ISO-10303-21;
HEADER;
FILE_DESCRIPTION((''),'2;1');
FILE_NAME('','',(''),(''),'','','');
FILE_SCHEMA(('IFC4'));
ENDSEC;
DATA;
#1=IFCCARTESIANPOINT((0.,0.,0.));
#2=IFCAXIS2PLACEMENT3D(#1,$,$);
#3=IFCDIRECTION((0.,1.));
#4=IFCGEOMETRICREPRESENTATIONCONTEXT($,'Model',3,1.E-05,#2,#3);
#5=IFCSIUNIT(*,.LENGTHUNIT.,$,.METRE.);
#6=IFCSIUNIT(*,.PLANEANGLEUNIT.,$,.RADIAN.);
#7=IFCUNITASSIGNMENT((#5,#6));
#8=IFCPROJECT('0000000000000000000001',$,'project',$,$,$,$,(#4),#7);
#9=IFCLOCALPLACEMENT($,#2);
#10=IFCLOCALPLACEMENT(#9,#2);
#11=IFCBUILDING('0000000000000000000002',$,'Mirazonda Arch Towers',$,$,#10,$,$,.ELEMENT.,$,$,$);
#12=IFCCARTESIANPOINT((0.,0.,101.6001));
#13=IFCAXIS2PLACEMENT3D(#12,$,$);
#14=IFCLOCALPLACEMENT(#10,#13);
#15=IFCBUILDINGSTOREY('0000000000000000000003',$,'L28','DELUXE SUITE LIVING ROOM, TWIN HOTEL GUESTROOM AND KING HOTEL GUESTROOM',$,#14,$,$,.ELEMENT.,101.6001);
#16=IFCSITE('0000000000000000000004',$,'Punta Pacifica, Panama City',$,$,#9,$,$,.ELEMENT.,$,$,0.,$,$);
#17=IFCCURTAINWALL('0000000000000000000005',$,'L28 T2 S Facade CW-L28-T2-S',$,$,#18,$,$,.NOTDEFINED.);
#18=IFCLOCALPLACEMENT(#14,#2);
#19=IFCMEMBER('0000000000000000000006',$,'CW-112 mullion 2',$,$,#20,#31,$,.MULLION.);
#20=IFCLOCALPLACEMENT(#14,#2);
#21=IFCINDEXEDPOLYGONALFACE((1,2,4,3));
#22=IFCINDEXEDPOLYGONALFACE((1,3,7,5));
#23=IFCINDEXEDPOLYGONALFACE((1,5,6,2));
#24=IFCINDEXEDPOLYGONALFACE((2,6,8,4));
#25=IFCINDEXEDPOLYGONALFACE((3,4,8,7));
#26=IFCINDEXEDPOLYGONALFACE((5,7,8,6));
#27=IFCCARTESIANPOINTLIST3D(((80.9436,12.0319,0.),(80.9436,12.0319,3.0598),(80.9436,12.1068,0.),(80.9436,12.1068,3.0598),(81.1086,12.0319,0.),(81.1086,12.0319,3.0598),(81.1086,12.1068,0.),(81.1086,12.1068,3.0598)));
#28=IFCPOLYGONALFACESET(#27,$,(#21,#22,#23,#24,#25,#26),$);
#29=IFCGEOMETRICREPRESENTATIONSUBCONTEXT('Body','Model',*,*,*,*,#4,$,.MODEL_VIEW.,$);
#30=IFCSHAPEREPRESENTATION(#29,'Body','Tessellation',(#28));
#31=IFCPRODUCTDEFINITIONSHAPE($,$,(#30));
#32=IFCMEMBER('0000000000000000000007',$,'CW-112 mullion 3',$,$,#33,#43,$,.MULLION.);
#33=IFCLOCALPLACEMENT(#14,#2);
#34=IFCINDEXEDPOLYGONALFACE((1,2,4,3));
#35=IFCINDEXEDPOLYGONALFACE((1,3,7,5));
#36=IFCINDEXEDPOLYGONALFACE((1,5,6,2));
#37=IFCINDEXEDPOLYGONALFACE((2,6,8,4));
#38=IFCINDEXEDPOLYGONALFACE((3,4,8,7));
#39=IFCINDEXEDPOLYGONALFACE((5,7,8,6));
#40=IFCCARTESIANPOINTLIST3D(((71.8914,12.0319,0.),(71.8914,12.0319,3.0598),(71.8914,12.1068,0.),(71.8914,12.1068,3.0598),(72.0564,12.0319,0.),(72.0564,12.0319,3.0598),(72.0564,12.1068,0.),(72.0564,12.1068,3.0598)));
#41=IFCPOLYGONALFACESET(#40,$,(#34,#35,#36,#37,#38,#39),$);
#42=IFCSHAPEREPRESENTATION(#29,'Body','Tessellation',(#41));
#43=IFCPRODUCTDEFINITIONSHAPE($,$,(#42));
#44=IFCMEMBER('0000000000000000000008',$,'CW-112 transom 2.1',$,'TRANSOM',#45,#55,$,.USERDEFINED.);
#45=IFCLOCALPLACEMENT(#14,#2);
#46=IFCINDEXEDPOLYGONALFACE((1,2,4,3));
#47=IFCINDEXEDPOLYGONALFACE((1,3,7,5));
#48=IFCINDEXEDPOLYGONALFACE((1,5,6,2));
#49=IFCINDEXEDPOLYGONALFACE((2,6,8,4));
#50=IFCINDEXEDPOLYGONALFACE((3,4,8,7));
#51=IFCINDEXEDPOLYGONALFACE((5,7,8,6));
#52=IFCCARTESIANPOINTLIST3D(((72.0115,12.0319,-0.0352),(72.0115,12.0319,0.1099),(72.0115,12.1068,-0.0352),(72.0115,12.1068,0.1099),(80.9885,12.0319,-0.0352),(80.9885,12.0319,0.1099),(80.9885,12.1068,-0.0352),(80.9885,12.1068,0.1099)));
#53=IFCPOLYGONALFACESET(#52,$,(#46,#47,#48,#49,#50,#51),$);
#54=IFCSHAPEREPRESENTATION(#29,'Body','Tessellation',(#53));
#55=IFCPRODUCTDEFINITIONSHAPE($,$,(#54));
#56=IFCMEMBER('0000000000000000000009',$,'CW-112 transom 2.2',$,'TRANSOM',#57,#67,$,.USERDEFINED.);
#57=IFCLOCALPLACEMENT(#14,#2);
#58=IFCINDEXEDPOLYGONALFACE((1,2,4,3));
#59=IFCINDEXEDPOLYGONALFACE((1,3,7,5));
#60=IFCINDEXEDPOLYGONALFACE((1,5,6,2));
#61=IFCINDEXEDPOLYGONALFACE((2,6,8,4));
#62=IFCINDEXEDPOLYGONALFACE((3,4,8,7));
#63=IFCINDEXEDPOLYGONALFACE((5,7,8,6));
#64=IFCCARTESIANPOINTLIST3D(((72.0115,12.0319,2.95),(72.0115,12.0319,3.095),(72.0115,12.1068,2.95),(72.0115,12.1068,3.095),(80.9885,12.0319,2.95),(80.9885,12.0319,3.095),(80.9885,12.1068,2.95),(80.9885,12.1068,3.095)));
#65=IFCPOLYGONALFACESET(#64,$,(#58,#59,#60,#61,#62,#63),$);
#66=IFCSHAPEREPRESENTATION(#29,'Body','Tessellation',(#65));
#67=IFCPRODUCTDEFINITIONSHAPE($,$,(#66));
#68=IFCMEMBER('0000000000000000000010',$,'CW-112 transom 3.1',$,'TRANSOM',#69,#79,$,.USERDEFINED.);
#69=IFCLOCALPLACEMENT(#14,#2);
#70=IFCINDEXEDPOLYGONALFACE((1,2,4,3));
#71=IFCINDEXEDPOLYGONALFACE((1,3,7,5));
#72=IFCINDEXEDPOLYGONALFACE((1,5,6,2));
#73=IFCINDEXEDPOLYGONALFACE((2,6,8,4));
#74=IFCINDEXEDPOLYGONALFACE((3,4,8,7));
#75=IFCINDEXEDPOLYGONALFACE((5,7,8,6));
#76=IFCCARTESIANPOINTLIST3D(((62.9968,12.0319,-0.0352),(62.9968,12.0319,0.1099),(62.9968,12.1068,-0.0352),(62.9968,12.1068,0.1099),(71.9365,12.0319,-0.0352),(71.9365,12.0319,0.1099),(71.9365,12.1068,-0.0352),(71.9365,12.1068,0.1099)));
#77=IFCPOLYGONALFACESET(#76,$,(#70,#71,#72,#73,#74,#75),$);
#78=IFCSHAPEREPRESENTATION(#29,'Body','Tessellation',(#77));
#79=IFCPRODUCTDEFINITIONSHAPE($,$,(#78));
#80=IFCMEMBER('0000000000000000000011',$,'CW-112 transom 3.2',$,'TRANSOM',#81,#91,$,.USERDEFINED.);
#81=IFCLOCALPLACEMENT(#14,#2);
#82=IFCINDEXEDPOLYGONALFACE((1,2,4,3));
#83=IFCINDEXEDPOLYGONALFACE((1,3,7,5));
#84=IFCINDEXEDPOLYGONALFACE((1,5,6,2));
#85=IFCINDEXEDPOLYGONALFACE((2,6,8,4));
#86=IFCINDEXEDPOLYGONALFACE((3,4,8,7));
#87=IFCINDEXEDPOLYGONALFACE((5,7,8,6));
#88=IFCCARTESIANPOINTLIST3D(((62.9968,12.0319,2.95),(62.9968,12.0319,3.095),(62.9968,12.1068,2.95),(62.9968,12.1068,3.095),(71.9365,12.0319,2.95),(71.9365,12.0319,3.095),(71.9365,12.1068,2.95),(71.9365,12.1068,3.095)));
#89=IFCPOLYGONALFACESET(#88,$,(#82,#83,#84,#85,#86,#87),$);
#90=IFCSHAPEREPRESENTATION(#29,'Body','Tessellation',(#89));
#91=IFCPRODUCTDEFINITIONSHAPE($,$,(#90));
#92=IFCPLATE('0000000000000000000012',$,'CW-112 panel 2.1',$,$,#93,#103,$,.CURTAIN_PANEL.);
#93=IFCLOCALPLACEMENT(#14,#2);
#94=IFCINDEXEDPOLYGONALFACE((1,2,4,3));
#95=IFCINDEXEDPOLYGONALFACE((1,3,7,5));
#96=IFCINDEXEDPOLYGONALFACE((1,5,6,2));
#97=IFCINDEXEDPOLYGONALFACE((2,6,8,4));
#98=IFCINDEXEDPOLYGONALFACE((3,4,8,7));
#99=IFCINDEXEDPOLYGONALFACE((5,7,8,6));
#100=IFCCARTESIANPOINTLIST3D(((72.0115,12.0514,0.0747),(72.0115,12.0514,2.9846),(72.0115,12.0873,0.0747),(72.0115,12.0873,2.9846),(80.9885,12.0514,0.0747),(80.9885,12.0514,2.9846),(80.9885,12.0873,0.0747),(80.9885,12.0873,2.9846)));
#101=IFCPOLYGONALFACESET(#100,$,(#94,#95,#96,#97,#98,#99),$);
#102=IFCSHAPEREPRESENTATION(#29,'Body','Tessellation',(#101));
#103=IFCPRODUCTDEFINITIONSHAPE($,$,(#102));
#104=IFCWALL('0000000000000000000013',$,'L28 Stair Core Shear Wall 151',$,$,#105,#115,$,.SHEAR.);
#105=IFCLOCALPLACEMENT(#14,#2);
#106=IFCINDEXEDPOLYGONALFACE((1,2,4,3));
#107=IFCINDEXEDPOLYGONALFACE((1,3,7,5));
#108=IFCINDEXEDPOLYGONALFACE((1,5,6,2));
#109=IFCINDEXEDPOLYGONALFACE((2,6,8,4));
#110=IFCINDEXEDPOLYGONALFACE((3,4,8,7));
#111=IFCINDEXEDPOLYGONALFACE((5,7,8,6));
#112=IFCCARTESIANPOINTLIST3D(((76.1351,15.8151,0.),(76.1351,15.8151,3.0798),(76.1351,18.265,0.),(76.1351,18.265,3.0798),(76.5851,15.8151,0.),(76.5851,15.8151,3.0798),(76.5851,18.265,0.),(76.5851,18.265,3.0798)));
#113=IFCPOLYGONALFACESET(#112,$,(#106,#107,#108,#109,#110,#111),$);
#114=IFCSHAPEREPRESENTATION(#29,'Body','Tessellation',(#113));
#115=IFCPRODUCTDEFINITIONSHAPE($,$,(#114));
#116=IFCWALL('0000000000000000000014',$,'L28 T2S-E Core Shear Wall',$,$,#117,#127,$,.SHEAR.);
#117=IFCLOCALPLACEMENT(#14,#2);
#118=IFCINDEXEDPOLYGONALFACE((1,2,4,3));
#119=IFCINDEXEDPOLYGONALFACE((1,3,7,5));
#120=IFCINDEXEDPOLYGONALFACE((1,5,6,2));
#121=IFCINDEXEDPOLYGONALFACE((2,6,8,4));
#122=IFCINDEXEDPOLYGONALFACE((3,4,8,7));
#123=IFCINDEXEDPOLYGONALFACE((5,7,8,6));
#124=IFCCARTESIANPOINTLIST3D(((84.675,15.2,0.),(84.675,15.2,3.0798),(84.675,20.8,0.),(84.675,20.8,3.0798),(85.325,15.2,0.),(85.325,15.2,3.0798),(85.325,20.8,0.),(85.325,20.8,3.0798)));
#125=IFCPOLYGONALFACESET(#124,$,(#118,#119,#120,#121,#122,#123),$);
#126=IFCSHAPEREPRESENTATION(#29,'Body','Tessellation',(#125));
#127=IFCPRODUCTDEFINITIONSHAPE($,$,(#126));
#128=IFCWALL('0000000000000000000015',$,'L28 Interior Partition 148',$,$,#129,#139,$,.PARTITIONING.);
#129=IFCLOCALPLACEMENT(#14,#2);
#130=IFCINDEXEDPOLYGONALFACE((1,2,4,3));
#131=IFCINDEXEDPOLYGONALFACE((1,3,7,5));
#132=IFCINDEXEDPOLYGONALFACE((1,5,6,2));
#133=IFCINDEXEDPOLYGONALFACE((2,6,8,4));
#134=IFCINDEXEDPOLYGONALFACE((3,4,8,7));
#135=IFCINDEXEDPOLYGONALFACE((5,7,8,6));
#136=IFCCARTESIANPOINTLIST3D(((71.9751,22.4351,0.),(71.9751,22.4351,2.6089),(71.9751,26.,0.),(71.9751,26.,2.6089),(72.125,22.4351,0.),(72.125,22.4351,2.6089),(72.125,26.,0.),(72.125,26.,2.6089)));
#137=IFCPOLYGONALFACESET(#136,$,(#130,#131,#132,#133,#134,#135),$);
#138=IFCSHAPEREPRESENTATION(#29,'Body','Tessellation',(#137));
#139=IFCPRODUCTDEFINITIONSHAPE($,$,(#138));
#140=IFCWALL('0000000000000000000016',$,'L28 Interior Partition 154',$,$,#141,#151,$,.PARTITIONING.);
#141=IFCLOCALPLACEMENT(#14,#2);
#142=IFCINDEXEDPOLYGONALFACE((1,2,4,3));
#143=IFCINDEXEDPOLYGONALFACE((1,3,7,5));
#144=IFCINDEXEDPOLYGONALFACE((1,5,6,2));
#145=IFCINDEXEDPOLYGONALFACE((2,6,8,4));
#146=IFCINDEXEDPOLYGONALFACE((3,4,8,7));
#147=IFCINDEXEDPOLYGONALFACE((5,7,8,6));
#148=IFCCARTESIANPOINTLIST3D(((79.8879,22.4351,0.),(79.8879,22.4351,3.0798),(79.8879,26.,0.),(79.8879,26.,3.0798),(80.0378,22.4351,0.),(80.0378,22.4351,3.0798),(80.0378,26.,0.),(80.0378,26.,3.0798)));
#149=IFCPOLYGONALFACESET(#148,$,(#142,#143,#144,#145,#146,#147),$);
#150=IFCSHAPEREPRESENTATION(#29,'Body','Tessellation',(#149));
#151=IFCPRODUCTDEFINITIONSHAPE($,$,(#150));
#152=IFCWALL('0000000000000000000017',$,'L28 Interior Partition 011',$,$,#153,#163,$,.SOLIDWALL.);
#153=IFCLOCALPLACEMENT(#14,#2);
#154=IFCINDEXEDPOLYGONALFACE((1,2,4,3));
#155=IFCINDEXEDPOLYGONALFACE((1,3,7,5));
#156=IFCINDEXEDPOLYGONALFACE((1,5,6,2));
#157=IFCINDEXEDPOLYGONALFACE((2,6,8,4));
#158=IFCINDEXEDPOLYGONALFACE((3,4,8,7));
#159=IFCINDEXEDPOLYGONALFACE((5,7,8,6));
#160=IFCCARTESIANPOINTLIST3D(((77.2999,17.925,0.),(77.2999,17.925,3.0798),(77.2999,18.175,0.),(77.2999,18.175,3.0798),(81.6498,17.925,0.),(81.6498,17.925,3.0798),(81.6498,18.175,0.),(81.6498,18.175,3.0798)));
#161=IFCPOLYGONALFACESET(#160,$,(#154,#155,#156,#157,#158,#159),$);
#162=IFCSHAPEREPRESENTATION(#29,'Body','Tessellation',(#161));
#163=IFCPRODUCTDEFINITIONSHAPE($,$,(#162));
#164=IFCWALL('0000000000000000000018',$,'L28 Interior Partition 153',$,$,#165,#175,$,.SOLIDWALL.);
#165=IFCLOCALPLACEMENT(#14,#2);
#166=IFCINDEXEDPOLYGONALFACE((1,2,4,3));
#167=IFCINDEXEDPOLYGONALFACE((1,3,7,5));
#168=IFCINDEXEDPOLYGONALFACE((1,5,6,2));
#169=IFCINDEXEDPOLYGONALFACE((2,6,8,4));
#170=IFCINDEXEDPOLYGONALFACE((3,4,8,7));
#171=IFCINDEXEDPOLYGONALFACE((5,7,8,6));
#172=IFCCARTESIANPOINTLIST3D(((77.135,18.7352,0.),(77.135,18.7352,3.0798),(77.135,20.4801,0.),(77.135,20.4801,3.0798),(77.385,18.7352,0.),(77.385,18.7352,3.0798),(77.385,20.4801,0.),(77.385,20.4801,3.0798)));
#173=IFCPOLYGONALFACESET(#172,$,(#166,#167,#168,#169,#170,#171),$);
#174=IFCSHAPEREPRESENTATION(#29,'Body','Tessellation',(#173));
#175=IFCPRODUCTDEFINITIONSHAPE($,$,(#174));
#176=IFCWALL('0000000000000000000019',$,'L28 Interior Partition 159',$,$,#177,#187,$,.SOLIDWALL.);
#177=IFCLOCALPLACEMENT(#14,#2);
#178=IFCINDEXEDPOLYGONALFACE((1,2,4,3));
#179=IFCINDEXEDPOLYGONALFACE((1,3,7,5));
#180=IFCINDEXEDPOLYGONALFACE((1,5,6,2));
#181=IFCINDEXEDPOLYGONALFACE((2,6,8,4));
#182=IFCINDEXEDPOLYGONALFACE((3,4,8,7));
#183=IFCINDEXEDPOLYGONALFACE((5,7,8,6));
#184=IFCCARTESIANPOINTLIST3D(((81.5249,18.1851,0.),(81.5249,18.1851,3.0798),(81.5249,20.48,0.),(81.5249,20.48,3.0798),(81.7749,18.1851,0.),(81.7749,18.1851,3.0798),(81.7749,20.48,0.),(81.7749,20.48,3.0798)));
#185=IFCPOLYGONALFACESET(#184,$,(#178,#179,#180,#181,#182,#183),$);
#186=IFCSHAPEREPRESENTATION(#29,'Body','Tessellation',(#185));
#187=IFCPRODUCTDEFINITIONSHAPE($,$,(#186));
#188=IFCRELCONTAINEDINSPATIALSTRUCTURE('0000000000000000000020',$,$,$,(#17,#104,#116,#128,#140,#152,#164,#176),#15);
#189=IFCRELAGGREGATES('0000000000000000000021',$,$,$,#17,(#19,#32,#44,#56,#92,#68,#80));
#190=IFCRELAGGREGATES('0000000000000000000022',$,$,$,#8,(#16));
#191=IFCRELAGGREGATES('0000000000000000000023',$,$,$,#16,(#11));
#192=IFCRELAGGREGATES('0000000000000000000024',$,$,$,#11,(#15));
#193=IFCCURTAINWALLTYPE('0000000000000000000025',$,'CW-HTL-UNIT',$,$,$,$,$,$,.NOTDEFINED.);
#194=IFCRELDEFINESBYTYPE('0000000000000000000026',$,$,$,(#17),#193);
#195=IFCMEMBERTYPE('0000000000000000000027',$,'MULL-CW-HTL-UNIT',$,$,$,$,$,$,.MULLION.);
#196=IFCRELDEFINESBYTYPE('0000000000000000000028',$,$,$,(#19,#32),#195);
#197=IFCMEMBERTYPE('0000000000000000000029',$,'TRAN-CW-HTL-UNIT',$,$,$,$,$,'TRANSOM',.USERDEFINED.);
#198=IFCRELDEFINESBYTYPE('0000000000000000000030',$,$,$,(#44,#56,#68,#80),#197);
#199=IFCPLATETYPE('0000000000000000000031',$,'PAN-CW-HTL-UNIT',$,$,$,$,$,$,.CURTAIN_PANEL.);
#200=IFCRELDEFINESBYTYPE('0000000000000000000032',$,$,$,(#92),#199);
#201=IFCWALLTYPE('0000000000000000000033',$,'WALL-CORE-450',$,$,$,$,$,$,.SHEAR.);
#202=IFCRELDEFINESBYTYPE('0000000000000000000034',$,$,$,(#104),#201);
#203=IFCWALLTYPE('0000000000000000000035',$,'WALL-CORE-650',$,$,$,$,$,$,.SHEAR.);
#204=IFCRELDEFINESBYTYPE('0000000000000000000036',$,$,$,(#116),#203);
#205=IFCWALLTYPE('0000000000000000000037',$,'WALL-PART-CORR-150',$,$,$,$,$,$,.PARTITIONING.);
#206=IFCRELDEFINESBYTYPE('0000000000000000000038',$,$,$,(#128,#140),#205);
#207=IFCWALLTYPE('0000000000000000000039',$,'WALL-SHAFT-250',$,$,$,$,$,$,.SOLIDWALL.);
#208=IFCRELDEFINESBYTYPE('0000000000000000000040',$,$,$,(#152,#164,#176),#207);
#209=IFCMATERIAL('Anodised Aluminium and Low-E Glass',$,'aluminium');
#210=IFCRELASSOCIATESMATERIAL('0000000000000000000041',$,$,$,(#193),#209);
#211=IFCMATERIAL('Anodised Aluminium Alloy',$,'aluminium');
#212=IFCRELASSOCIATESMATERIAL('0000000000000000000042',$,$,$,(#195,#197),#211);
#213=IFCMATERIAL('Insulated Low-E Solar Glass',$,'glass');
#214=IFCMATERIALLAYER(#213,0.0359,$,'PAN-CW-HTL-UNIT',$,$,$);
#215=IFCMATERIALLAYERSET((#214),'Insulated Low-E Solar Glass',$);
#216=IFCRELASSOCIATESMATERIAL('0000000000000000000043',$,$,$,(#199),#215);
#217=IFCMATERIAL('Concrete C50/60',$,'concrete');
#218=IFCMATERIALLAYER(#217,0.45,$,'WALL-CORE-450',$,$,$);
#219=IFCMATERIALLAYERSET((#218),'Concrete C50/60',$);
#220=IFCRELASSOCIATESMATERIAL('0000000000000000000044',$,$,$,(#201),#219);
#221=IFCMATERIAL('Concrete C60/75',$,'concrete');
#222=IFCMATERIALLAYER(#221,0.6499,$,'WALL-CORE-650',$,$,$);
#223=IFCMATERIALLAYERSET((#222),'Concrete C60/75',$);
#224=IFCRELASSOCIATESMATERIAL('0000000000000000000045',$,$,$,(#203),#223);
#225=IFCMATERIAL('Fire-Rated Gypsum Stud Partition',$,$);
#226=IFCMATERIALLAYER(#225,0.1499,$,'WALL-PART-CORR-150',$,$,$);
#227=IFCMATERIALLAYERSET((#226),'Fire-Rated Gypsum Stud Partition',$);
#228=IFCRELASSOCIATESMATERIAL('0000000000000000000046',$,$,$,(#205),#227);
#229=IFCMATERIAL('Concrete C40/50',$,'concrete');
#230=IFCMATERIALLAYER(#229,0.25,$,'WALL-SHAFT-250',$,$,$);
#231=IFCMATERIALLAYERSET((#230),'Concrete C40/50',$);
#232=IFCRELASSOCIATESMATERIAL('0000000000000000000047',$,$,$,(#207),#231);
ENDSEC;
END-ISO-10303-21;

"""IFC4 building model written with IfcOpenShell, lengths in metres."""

from ifc_helpers import new_model, si_unit, direction, frame, frame_2d, origin, origin_2d, place, context, subcontext, project, spatial, rectangle, extrude, material, layer, layer_set, material_profile, profile_set, type_object, element, aggregate, save


model = new_model("IFC4")

# Units and contexts
model_context = context("Model", 3, precision=1e-05, world=origin(), true_north=direction((0.0, 1.0)))
body_context = subcontext(model_context, "Body", "Model", "MODEL_VIEW")
ifc_project = project(units=[si_unit("LENGTHUNIT", "METRE"), si_unit("PLANEANGLEUNIT", "RADIAN")], contexts=[model_context])

# Site, building, storey
site_placement = place(None, origin())
site = spatial("IfcSite", under=ifc_project, at=site_placement, Name="Punta Pacifica, Panama City", CompositionType="ELEMENT", RefElevation=0.0)
building_placement = place(site_placement, origin())
building = spatial("IfcBuilding", under=site, at=building_placement, Name="Mirazonda Arch Towers", CompositionType="ELEMENT")
storey_placement = place(building_placement, frame((0.0, 0.0, 101.6001)))
storey = spatial("IfcBuildingStorey", under=building, at=storey_placement, Name="L28", Description="DELUXE SUITE LIVING ROOM, TWIN HOTEL GUESTROOM AND KING HOTEL GUESTROOM", CompositionType="ELEMENT", Elevation=101.6001)

# Shared definitions
ifc_material_1 = material(Name="Concrete C50/60", Category="concrete")

# Shared definitions
ifc_material_2 = material(Name="Concrete C60/75", Category="concrete")

# Curtain wall, members, plate
ifc_material_3 = material(Name="Anodised Aluminium and Low-E Glass", Category="aluminium")
curtain_wall_type = type_object("IfcCurtainWallType", Name="CW-HTL-UNIT", PredefinedType="NOTDEFINED", material=ifc_material_3)
curtain_wall_placement = place(storey_placement, origin())
curtain_wall = element("IfcCurtainWall", 1, at=curtain_wall_placement, inside=storey, type_object=curtain_wall_type, Name="L28 T2 S Facade CW-L28-T2-S", PredefinedType="NOTDEFINED")
ifc_material_4 = material(Name="Anodised Aluminium Alloy", Category="aluminium")
ifc_material_profile_1 = material_profile(ifc_material_4, rectangle(XDim=0.075, YDim=0.165, at=origin_2d()), Name="ALU-MULL-75x165")
ifc_profile_set_1 = profile_set([ifc_material_profile_1], Name="Anodised Aluminium Alloy")
member_type_1 = type_object("IfcMemberType", Name="MULL-CW-HTL-UNIT", PredefinedType="MULLION", material=ifc_profile_set_1)
member_1_placement = place(storey_placement, frame((81.0261, 12.0693, 0.0), z_axis=(0.0, 0.0, 1.0), x_axis=(0.0, -1.0, 0.0)))
member_1 = element("IfcMember", 2, at=member_1_placement, type_object=member_type_1, Name="CW-112 mullion 2", PredefinedType="MULLION", context=body_context, shape_type="SweptSolid", body=[
    extrude(rectangle(XDim=0.075, YDim=0.165, at=origin_2d()), origin(), (0.0, 0.0, 1.0), 3.0598),
])
member_2_placement = place(storey_placement, frame((71.9739, 12.0693, 0.0), z_axis=(0.0, 0.0, 1.0), x_axis=(0.0, -1.0, 0.0)))
member_2 = element("IfcMember", 3, at=member_2_placement, type_object=member_type_1, Name="CW-112 mullion 3", PredefinedType="MULLION", context=body_context, shape_type="SweptSolid", body=[
    extrude(rectangle(XDim=0.075, YDim=0.165, at=origin_2d()), origin(), (0.0, 0.0, 1.0), 3.0598),
])
ifc_material_profile_2 = material_profile(ifc_material_4, rectangle(XDim=0.075, YDim=0.145, at=origin_2d()), Name="ALU-TRAN-75x145")
ifc_profile_set_2 = profile_set([ifc_material_profile_2], Name="Anodised Aluminium Alloy")
member_type_2 = type_object("IfcMemberType", Name="TRAN-CW-HTL-UNIT", ElementType="TRANSOM", PredefinedType="USERDEFINED", material=ifc_profile_set_2)
member_3_placement = place(storey_placement, frame((80.9885, 12.0693, 0.0374), z_axis=(-1.0, 0.0, 0.0), x_axis=(0.0, -1.0, 0.0)))
member_3 = element("IfcMember", 4, at=member_3_placement, type_object=member_type_2, Name="CW-112 transom 2.1", ObjectType="TRANSOM", PredefinedType="USERDEFINED", context=body_context, shape_type="SweptSolid", body=[
    extrude(rectangle(XDim=0.075, YDim=0.145, at=origin_2d()), origin(), (0.0, 0.0, 1.0), 8.9771),
])
member_4_placement = place(storey_placement, frame((80.9885, 12.0693, 3.0225), z_axis=(-1.0, 0.0, 0.0), x_axis=(0.0, -1.0, 0.0)))
member_4 = element("IfcMember", 5, at=member_4_placement, type_object=member_type_2, Name="CW-112 transom 2.2", ObjectType="TRANSOM", PredefinedType="USERDEFINED", context=body_context, shape_type="SweptSolid", body=[
    extrude(rectangle(XDim=0.075, YDim=0.145, at=origin_2d()), origin(), (0.0, 0.0, 1.0), 8.9771),
])
member_5_placement = place(storey_placement, frame((71.9365, 12.0693, 0.0374), z_axis=(-1.0, 0.0, 0.0), x_axis=(0.0, -1.0, 0.0)))
member_5 = element("IfcMember", 6, at=member_5_placement, type_object=member_type_2, Name="CW-112 transom 3.1", ObjectType="TRANSOM", PredefinedType="USERDEFINED", context=body_context, shape_type="SweptSolid", body=[
    extrude(rectangle(XDim=0.075, YDim=0.145, at=origin_2d()), origin(), (0.0, 0.0, 1.0), 8.9397),
])
member_6_placement = place(storey_placement, frame((71.9365, 12.0693, 3.0225), z_axis=(-1.0, 0.0, 0.0), x_axis=(0.0, -1.0, 0.0)))
member_6 = element("IfcMember", 7, at=member_6_placement, type_object=member_type_2, Name="CW-112 transom 3.2", ObjectType="TRANSOM", PredefinedType="USERDEFINED", context=body_context, shape_type="SweptSolid", body=[
    extrude(rectangle(XDim=0.075, YDim=0.145, at=origin_2d()), origin(), (0.0, 0.0, 1.0), 8.9397),
])
ifc_material_5 = material(Name="Insulated Low-E Solar Glass", Category="glass")
ifc_layer_1 = layer(ifc_material_5, 0.0359, Name="PAN-CW-HTL-UNIT")
ifc_layer_set_1 = layer_set([ifc_layer_1], Name="Insulated Low-E Solar Glass")
plate_type = type_object("IfcPlateType", Name="PAN-CW-HTL-UNIT", PredefinedType="CURTAIN_PANEL", material=ifc_layer_set_1)
plate_placement = place(storey_placement, frame((76.5, 12.0693, 0.0747), z_axis=(0.0, 0.0, 1.0), x_axis=(-1.0, 0.0, 0.0)))
plate = element("IfcPlate", 8, at=plate_placement, type_object=plate_type, Name="CW-112 panel 2.1", PredefinedType="CURTAIN_PANEL", context=body_context, shape_type="SweptSolid", body=[
    extrude(rectangle(XDim=8.9771, YDim=0.0359, at=origin_2d()), origin(), (0.0, 0.0, 1.0), 2.9099),
])
aggregate(curtain_wall, [member_1, member_2, member_3, member_4, plate, member_5, member_6])

# Walls
ifc_layer_2 = layer(ifc_material_1, 0.45, Name="WALL-CORE-450")
ifc_layer_set_2 = layer_set([ifc_layer_2], Name="Concrete C50/60")
wall_type_1 = type_object("IfcWallType", Name="WALL-CORE-450", PredefinedType="SHEAR", material=ifc_layer_set_2)
wall_1_placement = place(storey_placement, frame((76.3601, 15.8149, 0.0), z_axis=(0.0, 0.0, 1.0), x_axis=(0.0, 1.0, 0.0)))
element("IfcWall", 9, at=wall_1_placement, inside=storey, type_object=wall_type_1, Name="L28 Stair Core Shear Wall 151", PredefinedType="SHEAR", context=body_context, shape_type="SweptSolid", body=[
    extrude(rectangle(XDim=2.45, YDim=0.45, at=frame_2d((1.2251, 0.0))), origin(), (0.0, 0.0, 1.0), 3.0798),
])
ifc_layer_3 = layer(ifc_material_2, 0.6499, Name="WALL-CORE-650")
ifc_layer_set_3 = layer_set([ifc_layer_3], Name="Concrete C60/75")
wall_type_2 = type_object("IfcWallType", Name="WALL-CORE-650", PredefinedType="SHEAR", material=ifc_layer_set_3)
wall_2_placement = place(storey_placement, frame((85.0, 15.2, 0.0), z_axis=(0.0, 0.0, 1.0), x_axis=(0.0, 1.0, 0.0)))
element("IfcWall", 10, at=wall_2_placement, inside=storey, type_object=wall_type_2, Name="L28 T2S-E Core Shear Wall", PredefinedType="SHEAR", context=body_context, shape_type="SweptSolid", body=[
    extrude(rectangle(XDim=5.6001, YDim=0.6499, at=frame_2d((2.8, 0.0))), origin(), (0.0, 0.0, 1.0), 3.0798),
])
ifc_material_6 = material(Name="Fire-Rated Gypsum Stud Partition")
ifc_layer_4 = layer(ifc_material_6, 0.1499, Name="WALL-PART-CORR-150")
ifc_layer_set_4 = layer_set([ifc_layer_4], Name="Fire-Rated Gypsum Stud Partition")
wall_type_3 = type_object("IfcWallType", Name="WALL-PART-CORR-150", PredefinedType="PARTITIONING", material=ifc_layer_set_4)
wall_3_placement = place(storey_placement, frame((72.05, 22.4351, 0.0), z_axis=(0.0, 0.0, 1.0), x_axis=(0.0, 1.0, 0.0)))
element("IfcWall", 11, at=wall_3_placement, inside=storey, type_object=wall_type_3, Name="L28 Interior Partition 148", PredefinedType="PARTITIONING", context=body_context, shape_type="SweptSolid", body=[
    extrude(rectangle(XDim=3.5649, YDim=0.1499, at=frame_2d((1.7825, 0.0))), origin(), (0.0, 0.0, 1.0), 2.6089),
])
wall_4_placement = place(storey_placement, frame((79.9629, 22.4351, 0.0), z_axis=(0.0, 0.0, 1.0), x_axis=(0.0, 1.0, 0.0)))
element("IfcWall", 12, at=wall_4_placement, inside=storey, type_object=wall_type_3, Name="L28 Interior Partition 154", PredefinedType="PARTITIONING", context=body_context, shape_type="SweptSolid", body=[
    extrude(rectangle(XDim=3.5649, YDim=0.1499, at=frame_2d((1.7825, 0.0))), origin(), (0.0, 0.0, 1.0), 3.0798),
])
ifc_material_7 = material(Name="Concrete C40/50", Category="concrete")
ifc_layer_5 = layer(ifc_material_7, 0.25, Name="WALL-SHAFT-250")
ifc_layer_set_5 = layer_set([ifc_layer_5], Name="Concrete C40/50")
wall_type_4 = type_object("IfcWallType", Name="WALL-SHAFT-250", PredefinedType="SOLIDWALL", material=ifc_layer_set_5)
wall_5_placement = place(storey_placement, frame((77.3, 18.05, 0.0), z_axis=(0.0, 0.0, 1.0), x_axis=(1.0, 0.0, 0.0)))
element("IfcWall", 13, at=wall_5_placement, inside=storey, type_object=wall_type_4, Name="L28 Interior Partition 011", PredefinedType="SOLIDWALL", context=body_context, shape_type="SweptSolid", body=[
    extrude(rectangle(XDim=4.3499, YDim=0.25, at=frame_2d((2.1748, 0.0))), origin(), (0.0, 0.0, 1.0), 3.0798),
])
wall_6_placement = place(storey_placement, frame((77.26, 18.7351, 0.0), z_axis=(0.0, 0.0, 1.0), x_axis=(0.0, 1.0, 0.0)))
element("IfcWall", 14, at=wall_6_placement, inside=storey, type_object=wall_type_4, Name="L28 Interior Partition 153", PredefinedType="SOLIDWALL", context=body_context, shape_type="SweptSolid", body=[
    extrude(rectangle(XDim=1.7449, YDim=0.25, at=frame_2d((0.8726, 0.0))), origin(), (0.0, 0.0, 1.0), 3.0798),
])
wall_7_placement = place(storey_placement, frame((81.6499, 18.1851, 0.0), z_axis=(0.0, 0.0, 1.0), x_axis=(0.0, 1.0, 0.0)))
element("IfcWall", 15, at=wall_7_placement, inside=storey, type_object=wall_type_4, Name="L28 Interior Partition 159", PredefinedType="SOLIDWALL", context=body_context, shape_type="SweptSolid", body=[
    extrude(rectangle(XDim=2.2949, YDim=0.25, at=frame_2d((1.1475, 0.0))), origin(), (0.0, 0.0, 1.0), 3.0798),
])

save(model, "model.ifc")
